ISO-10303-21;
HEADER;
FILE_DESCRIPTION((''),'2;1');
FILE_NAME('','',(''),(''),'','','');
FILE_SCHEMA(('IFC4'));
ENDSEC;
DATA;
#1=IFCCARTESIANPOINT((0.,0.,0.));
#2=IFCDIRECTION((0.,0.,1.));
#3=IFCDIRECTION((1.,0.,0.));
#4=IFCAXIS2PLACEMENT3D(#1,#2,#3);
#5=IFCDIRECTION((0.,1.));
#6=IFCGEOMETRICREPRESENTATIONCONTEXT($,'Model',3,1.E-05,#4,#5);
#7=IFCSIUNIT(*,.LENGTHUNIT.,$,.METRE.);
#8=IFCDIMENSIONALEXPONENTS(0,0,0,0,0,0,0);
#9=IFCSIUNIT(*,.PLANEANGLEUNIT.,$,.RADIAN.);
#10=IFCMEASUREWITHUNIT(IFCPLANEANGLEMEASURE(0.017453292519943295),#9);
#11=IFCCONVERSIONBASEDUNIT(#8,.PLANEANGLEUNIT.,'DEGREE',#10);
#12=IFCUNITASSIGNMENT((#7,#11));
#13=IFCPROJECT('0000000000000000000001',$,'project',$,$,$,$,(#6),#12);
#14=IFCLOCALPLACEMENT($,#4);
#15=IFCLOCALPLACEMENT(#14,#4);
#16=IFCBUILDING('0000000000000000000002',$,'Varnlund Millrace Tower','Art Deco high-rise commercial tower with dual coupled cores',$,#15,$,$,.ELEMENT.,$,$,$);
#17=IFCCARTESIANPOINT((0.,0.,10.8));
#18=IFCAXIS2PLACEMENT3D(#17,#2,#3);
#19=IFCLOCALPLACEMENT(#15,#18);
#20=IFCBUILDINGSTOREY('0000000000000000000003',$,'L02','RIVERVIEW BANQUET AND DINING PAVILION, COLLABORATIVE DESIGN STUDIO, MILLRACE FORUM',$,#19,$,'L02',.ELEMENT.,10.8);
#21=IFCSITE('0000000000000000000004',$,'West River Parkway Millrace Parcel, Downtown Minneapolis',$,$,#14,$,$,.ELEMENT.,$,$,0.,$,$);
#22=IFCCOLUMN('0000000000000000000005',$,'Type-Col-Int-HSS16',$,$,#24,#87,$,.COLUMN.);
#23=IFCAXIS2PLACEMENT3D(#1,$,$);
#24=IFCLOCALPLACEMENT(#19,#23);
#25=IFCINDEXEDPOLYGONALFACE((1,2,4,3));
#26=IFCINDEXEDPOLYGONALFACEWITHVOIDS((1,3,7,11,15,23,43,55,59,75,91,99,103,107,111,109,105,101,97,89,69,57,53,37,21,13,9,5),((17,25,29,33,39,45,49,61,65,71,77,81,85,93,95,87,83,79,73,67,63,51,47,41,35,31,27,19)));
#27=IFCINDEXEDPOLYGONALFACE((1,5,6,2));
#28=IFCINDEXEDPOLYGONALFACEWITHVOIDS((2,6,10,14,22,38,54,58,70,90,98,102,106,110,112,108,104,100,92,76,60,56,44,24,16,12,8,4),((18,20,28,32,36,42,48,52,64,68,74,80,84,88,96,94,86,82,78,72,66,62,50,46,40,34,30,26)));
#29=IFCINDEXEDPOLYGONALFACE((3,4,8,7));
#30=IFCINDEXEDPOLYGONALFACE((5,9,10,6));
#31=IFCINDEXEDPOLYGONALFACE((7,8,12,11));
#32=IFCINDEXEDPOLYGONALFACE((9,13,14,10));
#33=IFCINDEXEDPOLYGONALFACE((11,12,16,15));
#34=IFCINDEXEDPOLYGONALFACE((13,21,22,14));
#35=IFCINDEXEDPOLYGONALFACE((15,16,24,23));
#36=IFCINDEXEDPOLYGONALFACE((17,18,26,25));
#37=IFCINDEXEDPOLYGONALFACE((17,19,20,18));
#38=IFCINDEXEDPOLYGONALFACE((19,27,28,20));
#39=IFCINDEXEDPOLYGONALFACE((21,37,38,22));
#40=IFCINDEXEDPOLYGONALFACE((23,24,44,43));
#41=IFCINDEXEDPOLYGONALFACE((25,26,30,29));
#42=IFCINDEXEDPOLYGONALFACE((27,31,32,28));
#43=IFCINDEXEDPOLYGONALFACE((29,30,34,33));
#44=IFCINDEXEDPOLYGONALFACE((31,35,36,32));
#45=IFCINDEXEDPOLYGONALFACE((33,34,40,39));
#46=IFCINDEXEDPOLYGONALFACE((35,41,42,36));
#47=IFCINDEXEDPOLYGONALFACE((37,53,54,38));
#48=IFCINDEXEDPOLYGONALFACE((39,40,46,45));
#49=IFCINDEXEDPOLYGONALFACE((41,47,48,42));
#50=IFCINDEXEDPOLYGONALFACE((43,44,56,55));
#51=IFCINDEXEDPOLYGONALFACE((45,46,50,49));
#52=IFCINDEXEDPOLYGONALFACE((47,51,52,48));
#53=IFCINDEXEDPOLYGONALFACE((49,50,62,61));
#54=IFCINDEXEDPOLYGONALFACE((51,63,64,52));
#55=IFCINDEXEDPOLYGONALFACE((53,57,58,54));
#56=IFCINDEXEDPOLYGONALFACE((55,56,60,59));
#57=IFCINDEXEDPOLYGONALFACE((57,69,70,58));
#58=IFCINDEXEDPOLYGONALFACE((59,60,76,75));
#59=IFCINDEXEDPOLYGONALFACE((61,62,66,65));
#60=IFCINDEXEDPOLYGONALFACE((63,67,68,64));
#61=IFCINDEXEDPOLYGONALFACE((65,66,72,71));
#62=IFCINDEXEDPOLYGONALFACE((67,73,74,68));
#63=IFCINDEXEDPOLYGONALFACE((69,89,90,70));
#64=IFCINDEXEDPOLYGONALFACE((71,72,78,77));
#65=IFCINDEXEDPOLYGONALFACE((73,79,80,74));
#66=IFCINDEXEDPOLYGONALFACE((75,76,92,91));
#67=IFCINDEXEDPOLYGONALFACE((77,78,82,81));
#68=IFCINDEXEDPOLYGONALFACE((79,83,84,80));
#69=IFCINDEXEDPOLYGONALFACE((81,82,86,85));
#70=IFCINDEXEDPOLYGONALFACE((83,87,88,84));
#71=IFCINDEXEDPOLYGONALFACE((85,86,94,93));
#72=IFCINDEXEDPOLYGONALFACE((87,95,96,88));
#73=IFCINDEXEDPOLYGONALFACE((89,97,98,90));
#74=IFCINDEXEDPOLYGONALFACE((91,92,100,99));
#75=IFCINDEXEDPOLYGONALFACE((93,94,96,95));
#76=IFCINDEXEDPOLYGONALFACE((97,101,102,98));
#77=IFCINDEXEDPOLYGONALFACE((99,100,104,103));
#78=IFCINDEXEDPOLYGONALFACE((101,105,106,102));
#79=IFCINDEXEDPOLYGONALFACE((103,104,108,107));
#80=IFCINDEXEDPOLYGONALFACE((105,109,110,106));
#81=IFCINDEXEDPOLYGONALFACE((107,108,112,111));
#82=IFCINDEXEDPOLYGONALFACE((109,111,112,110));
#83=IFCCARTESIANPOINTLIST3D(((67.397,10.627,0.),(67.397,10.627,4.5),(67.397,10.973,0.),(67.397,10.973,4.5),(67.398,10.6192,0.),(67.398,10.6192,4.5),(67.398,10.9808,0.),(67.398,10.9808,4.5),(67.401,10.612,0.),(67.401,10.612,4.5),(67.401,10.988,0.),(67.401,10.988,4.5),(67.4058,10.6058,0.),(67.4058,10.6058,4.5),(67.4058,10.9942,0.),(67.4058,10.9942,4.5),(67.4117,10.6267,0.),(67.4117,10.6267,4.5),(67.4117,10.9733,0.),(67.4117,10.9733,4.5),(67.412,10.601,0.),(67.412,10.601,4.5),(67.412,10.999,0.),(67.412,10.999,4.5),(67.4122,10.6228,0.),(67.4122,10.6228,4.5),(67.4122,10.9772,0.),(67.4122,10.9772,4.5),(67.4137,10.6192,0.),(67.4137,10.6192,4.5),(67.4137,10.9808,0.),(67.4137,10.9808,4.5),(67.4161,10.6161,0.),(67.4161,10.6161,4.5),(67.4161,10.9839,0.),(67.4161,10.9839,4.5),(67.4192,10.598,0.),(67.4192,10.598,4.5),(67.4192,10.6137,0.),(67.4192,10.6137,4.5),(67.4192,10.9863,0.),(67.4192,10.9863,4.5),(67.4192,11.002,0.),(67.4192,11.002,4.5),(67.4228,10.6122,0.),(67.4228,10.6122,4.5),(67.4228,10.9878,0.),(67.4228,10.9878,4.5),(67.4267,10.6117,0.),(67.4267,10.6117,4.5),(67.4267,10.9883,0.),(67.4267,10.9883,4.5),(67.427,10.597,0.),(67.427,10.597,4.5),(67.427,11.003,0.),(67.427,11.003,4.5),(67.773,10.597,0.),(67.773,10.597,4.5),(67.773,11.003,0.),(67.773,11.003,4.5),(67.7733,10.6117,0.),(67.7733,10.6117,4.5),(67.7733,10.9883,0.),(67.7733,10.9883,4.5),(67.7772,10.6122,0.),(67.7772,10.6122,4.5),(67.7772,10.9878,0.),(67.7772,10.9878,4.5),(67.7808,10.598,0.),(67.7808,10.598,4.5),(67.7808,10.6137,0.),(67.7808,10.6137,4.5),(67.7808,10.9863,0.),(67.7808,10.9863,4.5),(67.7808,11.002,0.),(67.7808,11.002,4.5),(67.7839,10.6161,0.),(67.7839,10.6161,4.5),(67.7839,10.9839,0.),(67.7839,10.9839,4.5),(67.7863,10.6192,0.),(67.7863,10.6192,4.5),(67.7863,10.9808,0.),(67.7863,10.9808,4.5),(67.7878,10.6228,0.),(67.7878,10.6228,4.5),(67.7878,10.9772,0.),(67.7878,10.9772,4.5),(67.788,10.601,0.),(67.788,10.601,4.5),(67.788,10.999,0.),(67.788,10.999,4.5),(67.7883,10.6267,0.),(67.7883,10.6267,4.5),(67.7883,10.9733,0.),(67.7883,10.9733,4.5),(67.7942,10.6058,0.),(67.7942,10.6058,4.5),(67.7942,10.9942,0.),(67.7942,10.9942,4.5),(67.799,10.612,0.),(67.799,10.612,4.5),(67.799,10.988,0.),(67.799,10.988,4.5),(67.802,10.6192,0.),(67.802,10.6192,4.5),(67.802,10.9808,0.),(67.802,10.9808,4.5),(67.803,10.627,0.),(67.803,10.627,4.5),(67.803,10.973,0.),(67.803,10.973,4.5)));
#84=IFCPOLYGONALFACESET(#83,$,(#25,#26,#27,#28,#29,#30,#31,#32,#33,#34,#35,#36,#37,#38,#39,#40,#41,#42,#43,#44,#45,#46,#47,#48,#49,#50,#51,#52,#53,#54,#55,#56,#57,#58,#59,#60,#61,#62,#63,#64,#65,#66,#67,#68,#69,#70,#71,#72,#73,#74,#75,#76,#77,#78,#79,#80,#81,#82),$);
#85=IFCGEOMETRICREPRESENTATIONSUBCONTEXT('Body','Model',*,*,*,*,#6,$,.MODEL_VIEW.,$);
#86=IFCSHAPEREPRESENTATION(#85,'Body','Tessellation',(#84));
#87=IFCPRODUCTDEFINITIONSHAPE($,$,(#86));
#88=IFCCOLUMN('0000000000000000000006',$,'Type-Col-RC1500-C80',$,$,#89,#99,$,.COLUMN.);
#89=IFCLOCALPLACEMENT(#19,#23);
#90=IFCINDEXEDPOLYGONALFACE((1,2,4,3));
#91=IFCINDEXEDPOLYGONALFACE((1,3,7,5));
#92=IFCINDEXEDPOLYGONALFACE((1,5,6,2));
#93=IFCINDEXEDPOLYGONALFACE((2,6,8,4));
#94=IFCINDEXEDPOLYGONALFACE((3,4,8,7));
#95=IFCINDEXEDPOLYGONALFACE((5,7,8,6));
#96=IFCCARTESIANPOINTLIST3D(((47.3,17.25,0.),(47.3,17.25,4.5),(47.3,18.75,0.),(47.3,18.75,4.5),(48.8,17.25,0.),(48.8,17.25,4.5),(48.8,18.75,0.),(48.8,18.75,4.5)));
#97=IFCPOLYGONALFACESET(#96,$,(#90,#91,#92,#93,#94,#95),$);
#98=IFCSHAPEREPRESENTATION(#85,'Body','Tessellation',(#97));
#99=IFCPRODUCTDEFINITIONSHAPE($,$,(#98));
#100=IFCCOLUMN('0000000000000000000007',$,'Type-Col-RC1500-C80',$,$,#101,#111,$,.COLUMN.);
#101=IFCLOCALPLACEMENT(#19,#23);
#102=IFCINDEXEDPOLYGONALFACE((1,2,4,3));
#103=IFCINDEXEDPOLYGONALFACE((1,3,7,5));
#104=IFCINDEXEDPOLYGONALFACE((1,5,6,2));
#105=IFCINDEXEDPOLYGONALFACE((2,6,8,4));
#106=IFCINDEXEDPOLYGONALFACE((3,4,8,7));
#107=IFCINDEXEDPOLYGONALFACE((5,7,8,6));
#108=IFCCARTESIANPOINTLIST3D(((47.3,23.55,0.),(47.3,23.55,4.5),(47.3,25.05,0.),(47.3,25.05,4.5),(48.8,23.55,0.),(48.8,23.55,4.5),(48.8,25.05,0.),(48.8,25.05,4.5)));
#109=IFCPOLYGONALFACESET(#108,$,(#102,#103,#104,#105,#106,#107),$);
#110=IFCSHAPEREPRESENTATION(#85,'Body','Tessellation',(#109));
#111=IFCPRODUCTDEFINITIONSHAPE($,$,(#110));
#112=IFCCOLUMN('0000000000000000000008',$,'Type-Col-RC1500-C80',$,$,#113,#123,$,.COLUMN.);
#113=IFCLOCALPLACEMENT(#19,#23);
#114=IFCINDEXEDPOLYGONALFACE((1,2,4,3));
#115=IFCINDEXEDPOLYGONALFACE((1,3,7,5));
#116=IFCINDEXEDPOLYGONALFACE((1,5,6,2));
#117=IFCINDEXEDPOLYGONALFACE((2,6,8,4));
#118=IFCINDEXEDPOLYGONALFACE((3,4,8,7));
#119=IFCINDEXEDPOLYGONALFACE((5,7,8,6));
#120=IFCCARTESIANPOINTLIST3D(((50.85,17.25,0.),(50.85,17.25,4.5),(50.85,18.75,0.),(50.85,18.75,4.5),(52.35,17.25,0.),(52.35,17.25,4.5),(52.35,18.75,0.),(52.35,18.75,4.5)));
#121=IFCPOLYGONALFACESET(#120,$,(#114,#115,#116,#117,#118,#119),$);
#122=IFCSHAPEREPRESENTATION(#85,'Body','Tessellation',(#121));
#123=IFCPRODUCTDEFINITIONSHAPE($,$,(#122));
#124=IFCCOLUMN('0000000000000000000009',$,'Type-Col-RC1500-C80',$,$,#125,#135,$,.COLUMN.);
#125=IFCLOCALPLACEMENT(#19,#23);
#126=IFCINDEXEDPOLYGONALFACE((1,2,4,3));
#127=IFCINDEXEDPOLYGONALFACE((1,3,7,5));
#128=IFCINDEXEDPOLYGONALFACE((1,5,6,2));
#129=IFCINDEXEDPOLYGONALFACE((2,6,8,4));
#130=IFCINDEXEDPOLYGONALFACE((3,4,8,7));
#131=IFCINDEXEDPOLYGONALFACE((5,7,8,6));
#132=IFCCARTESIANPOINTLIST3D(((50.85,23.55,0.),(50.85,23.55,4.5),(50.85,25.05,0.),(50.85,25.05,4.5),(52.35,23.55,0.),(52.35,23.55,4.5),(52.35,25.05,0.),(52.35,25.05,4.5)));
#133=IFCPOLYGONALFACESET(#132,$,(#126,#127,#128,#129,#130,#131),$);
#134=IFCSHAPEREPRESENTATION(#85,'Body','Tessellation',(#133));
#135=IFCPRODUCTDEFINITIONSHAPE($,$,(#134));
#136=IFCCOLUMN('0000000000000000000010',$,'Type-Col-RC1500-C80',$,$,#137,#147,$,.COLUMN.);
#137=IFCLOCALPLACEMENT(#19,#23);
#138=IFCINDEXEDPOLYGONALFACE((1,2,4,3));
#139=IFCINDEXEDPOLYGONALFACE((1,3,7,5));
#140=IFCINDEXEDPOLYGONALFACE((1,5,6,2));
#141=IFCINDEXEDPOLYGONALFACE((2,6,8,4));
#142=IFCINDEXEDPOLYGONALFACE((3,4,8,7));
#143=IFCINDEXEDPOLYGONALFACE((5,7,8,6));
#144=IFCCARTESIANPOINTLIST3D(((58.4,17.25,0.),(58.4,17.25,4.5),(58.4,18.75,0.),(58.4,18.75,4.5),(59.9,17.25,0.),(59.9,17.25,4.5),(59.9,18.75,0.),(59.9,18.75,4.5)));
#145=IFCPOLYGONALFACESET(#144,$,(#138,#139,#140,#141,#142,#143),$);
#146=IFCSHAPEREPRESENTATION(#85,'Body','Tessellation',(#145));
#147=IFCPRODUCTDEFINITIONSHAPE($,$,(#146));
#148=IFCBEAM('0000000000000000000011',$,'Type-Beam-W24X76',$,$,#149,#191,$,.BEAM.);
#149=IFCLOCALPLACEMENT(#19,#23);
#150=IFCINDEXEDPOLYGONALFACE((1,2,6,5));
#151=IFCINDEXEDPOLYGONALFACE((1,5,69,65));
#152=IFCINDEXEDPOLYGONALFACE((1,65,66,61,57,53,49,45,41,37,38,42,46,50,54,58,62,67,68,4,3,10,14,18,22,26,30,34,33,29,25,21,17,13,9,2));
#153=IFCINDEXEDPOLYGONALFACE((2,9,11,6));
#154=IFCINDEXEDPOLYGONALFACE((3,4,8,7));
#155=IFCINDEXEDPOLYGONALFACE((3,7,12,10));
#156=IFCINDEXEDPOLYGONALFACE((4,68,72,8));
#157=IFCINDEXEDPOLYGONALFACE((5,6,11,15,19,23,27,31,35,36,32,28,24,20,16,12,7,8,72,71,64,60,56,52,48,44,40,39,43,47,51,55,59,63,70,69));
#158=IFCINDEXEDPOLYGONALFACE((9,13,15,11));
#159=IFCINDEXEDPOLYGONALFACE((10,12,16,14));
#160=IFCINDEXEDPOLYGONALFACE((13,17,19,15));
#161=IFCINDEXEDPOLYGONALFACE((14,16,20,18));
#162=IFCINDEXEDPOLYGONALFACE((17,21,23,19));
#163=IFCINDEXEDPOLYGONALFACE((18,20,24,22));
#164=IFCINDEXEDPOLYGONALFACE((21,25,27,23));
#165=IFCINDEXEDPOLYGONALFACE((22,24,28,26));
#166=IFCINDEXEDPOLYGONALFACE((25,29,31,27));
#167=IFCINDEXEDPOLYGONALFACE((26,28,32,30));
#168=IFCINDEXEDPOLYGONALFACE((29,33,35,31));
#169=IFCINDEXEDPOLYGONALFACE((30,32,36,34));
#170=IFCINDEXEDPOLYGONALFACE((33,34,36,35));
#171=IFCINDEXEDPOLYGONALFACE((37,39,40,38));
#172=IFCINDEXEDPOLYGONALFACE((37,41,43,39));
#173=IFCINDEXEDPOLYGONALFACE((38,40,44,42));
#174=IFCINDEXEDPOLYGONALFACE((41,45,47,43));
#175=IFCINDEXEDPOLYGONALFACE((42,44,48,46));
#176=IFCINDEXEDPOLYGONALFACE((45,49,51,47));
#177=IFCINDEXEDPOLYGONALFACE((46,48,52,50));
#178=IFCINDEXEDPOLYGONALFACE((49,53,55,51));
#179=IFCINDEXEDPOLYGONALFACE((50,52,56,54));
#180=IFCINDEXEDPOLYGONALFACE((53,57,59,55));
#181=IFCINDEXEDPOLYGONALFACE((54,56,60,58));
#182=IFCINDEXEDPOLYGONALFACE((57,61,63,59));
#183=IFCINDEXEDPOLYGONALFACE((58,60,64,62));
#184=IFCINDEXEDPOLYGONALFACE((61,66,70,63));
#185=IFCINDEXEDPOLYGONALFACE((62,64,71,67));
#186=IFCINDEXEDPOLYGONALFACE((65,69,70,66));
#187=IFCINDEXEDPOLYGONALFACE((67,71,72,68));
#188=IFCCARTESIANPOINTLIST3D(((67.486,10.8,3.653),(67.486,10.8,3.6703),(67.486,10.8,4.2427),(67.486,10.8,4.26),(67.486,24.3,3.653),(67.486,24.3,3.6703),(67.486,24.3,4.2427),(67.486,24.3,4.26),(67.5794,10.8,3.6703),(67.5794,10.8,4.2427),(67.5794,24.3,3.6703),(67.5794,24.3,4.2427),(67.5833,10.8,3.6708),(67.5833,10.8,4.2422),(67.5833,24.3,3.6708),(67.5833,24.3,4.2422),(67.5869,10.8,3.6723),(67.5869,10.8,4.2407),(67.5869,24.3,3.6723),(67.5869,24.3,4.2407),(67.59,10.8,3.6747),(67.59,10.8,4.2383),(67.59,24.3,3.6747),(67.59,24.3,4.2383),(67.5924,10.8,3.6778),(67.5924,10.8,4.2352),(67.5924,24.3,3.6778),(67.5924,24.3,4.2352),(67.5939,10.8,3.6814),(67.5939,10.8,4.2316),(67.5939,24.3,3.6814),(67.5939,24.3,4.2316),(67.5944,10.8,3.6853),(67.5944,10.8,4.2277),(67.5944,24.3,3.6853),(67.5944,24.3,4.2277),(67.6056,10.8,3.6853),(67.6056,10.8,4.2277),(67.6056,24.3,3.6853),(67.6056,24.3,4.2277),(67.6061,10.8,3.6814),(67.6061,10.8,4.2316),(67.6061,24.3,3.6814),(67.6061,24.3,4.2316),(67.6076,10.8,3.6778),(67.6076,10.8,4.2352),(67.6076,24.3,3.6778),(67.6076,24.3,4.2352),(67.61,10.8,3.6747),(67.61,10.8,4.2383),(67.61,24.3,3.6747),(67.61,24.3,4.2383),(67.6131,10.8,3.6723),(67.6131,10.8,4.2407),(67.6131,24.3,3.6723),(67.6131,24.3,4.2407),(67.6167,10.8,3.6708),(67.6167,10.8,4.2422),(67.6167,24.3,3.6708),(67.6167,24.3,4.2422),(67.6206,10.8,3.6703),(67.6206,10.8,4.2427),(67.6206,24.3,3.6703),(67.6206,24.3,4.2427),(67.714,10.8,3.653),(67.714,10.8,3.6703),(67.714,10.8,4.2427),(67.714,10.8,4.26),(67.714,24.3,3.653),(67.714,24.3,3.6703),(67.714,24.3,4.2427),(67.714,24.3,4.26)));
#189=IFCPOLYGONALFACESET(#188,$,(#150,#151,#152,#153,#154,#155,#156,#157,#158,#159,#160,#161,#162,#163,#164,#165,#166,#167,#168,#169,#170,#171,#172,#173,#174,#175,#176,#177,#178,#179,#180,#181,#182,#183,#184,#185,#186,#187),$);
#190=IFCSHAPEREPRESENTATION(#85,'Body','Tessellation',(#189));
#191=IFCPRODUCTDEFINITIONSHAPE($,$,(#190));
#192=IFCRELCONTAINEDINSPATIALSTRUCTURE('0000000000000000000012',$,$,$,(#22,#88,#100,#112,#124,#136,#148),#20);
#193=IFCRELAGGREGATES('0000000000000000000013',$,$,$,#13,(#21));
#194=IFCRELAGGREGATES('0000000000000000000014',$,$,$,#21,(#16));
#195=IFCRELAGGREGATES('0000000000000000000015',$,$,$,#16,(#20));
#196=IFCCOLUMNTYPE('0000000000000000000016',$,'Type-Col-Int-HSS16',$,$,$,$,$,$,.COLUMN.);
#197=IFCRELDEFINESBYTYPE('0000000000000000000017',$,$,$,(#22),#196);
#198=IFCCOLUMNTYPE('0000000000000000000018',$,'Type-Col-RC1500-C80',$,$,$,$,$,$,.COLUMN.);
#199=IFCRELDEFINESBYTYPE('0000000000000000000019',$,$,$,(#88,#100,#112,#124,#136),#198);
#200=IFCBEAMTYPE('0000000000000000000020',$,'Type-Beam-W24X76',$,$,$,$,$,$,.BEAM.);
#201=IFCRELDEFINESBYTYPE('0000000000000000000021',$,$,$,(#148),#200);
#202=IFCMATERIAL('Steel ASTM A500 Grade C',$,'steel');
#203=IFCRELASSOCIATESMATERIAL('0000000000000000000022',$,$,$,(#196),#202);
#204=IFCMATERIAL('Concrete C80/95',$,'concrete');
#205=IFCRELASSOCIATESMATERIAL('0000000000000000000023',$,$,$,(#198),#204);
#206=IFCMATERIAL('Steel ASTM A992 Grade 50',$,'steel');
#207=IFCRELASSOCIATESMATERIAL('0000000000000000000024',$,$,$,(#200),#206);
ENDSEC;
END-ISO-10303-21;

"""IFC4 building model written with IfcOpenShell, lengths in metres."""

from ifc_helpers import new_model, entity, si_unit, converted_unit, direction, frame, origin_with_axes, origin_2d_with_axis, place, context, subcontext, project, spatial, rectangle, hollow_rectangle, i_section, extrude, material, material_profile, profile_set, type_object, element, save


model = new_model("IFC4")

# Units and contexts
model_context = context("Model", 3, precision=1e-05, world=origin_with_axes(), true_north=direction((0.0, 1.0)))
body_context = subcontext(model_context, "Body", "Model", "MODEL_VIEW")
ifc_project = project(units=[si_unit("LENGTHUNIT", "METRE"), converted_unit("PLANEANGLEUNIT", "DEGREE", entity("IfcPlaneAngleMeasure", 0.017453292519943295), si_unit("PLANEANGLEUNIT", "RADIAN"), dimensions=[0, 0, 0, 0, 0, 0, 0])], contexts=[model_context])

# Site, building, storey
site_placement = place(None, origin_with_axes())
site = spatial("IfcSite", under=ifc_project, at=site_placement, Name="West River Parkway Millrace Parcel, Downtown Minneapolis", CompositionType="ELEMENT", RefElevation=0.0)
building_placement = place(site_placement, origin_with_axes())
building = spatial("IfcBuilding", under=site, at=building_placement, Name="Varnlund Millrace Tower", Description="Art Deco high-rise commercial tower with dual coupled cores", CompositionType="ELEMENT")
storey_placement = place(building_placement, frame((0.0, 0.0, 10.8), z_axis=(0.0, 0.0, 1.0), x_axis=(1.0, 0.0, 0.0)))
storey = spatial("IfcBuildingStorey", under=building, at=storey_placement, Name="L02", Description="RIVERVIEW BANQUET AND DINING PAVILION, COLLABORATIVE DESIGN STUDIO, MILLRACE FORUM", LongName="L02", CompositionType="ELEMENT", Elevation=10.8)

# Columns
ifc_material_1 = material(Name="Steel ASTM A500 Grade C", Category="steel")
ifc_material_profile_1 = material_profile(ifc_material_1, hollow_rectangle(XDim=0.406, YDim=0.406, WallThickness=0.0147, InnerFilletRadius=0.015, OuterFilletRadius=0.03, at=origin_2d_with_axis()), Name="Steel ASTM A500 Grade C")
ifc_profile_set_1 = profile_set([ifc_material_profile_1], Name="Steel ASTM A500 Grade C")
column_type_1 = type_object("IfcColumnType", Name="Type-Col-Int-HSS16", PredefinedType="COLUMN", material=ifc_profile_set_1)
column_placement = place(storey_placement, frame((67.6, 10.8, 0.0), z_axis=(0.0, 0.0, 1.0), x_axis=(1.0, 0.0, 0.0)))
element("IfcColumn", 1, at=column_placement, inside=storey, type_object=column_type_1, Name="Type-Col-Int-HSS16", PredefinedType="COLUMN", context=body_context, shape_type="SweptSolid", body=[
    extrude(hollow_rectangle(XDim=0.406, YDim=0.406, WallThickness=0.0147, InnerFilletRadius=0.015, OuterFilletRadius=0.03, at=origin_2d_with_axis()), origin_with_axes(), (0.0, 0.0, 1.0), 4.5),
])
ifc_material_2 = material(Name="Concrete C80/95", Category="concrete")
ifc_material_profile_2 = material_profile(ifc_material_2, rectangle(XDim=1.5, YDim=1.5, at=origin_2d_with_axis()), Name="Concrete C80/95")
ifc_profile_set_2 = profile_set([ifc_material_profile_2], Name="Concrete C80/95")
column_type_2 = type_object("IfcColumnType", Name="Type-Col-RC1500-C80", PredefinedType="COLUMN", material=ifc_profile_set_2)
for number, where, z_axis, x_axis, name in (
    (2, (48.05, 18.0, 0.0), (0.0, 0.0, 1.0), (1.0, 0.0, 0.0), "Type-Col-RC1500-C80"),
    (3, (48.05, 24.3, 0.0), (0.0, 0.0, 1.0), (1.0, 0.0, 0.0), "Type-Col-RC1500-C80"),
    (4, (51.6, 18.0, 0.0), (0.0, 0.0, 1.0), (1.0, 0.0, 0.0), "Type-Col-RC1500-C80"),
    (5, (51.6, 24.3, 0.0), (0.0, 0.0, 1.0), (1.0, 0.0, 0.0), "Type-Col-RC1500-C80"),
    (6, (59.15, 18.0, 0.0), (0.0, 0.0, 1.0), (1.0, 0.0, 0.0), "Type-Col-RC1500-C80"),
):
    element("IfcColumn", number, at=place(storey_placement, frame(where, z_axis=z_axis, x_axis=x_axis)), inside=storey, type_object=column_type_2, Name=name, PredefinedType="COLUMN", context=body_context, shape_type="SweptSolid", body=[
        extrude(rectangle(XDim=1.5, YDim=1.5, at=origin_2d_with_axis()), origin_with_axes(), (0.0, 0.0, 1.0), 4.5),
    ])

# Beam
ifc_material_3 = material(Name="Steel ASTM A992 Grade 50", Category="steel")
ifc_material_profile_3 = material_profile(ifc_material_3, i_section(OverallWidth=0.228, OverallDepth=0.607, WebThickness=0.0112, FlangeThickness=0.0173, FilletRadius=0.015, at=origin_2d_with_axis()), Name="Steel ASTM A992 Grade 50")
ifc_profile_set_3 = profile_set([ifc_material_profile_3], Name="Steel ASTM A992 Grade 50")
beam_type_1 = type_object("IfcBeamType", Name="Type-Beam-W24X76", PredefinedType="BEAM", material=ifc_profile_set_3)
beam_1_placement = place(storey_placement, frame((67.6, 10.8, 3.9565), z_axis=(0.0, 1.0, 0.0), x_axis=(-1.0, 0.0, 0.0)))
element("IfcBeam", 7, at=beam_1_placement, inside=storey, type_object=beam_type_1, Name="Type-Beam-W24X76", PredefinedType="BEAM", context=body_context, shape_type="SweptSolid", body=[
    extrude(i_section(OverallWidth=0.228, OverallDepth=0.607, WebThickness=0.0112, FlangeThickness=0.0173, FilletRadius=0.015, at=origin_2d_with_axis()), origin_with_axes(), (0.0, 0.0, 1.0), 13.5),
])

save(model, "model.ifc")
